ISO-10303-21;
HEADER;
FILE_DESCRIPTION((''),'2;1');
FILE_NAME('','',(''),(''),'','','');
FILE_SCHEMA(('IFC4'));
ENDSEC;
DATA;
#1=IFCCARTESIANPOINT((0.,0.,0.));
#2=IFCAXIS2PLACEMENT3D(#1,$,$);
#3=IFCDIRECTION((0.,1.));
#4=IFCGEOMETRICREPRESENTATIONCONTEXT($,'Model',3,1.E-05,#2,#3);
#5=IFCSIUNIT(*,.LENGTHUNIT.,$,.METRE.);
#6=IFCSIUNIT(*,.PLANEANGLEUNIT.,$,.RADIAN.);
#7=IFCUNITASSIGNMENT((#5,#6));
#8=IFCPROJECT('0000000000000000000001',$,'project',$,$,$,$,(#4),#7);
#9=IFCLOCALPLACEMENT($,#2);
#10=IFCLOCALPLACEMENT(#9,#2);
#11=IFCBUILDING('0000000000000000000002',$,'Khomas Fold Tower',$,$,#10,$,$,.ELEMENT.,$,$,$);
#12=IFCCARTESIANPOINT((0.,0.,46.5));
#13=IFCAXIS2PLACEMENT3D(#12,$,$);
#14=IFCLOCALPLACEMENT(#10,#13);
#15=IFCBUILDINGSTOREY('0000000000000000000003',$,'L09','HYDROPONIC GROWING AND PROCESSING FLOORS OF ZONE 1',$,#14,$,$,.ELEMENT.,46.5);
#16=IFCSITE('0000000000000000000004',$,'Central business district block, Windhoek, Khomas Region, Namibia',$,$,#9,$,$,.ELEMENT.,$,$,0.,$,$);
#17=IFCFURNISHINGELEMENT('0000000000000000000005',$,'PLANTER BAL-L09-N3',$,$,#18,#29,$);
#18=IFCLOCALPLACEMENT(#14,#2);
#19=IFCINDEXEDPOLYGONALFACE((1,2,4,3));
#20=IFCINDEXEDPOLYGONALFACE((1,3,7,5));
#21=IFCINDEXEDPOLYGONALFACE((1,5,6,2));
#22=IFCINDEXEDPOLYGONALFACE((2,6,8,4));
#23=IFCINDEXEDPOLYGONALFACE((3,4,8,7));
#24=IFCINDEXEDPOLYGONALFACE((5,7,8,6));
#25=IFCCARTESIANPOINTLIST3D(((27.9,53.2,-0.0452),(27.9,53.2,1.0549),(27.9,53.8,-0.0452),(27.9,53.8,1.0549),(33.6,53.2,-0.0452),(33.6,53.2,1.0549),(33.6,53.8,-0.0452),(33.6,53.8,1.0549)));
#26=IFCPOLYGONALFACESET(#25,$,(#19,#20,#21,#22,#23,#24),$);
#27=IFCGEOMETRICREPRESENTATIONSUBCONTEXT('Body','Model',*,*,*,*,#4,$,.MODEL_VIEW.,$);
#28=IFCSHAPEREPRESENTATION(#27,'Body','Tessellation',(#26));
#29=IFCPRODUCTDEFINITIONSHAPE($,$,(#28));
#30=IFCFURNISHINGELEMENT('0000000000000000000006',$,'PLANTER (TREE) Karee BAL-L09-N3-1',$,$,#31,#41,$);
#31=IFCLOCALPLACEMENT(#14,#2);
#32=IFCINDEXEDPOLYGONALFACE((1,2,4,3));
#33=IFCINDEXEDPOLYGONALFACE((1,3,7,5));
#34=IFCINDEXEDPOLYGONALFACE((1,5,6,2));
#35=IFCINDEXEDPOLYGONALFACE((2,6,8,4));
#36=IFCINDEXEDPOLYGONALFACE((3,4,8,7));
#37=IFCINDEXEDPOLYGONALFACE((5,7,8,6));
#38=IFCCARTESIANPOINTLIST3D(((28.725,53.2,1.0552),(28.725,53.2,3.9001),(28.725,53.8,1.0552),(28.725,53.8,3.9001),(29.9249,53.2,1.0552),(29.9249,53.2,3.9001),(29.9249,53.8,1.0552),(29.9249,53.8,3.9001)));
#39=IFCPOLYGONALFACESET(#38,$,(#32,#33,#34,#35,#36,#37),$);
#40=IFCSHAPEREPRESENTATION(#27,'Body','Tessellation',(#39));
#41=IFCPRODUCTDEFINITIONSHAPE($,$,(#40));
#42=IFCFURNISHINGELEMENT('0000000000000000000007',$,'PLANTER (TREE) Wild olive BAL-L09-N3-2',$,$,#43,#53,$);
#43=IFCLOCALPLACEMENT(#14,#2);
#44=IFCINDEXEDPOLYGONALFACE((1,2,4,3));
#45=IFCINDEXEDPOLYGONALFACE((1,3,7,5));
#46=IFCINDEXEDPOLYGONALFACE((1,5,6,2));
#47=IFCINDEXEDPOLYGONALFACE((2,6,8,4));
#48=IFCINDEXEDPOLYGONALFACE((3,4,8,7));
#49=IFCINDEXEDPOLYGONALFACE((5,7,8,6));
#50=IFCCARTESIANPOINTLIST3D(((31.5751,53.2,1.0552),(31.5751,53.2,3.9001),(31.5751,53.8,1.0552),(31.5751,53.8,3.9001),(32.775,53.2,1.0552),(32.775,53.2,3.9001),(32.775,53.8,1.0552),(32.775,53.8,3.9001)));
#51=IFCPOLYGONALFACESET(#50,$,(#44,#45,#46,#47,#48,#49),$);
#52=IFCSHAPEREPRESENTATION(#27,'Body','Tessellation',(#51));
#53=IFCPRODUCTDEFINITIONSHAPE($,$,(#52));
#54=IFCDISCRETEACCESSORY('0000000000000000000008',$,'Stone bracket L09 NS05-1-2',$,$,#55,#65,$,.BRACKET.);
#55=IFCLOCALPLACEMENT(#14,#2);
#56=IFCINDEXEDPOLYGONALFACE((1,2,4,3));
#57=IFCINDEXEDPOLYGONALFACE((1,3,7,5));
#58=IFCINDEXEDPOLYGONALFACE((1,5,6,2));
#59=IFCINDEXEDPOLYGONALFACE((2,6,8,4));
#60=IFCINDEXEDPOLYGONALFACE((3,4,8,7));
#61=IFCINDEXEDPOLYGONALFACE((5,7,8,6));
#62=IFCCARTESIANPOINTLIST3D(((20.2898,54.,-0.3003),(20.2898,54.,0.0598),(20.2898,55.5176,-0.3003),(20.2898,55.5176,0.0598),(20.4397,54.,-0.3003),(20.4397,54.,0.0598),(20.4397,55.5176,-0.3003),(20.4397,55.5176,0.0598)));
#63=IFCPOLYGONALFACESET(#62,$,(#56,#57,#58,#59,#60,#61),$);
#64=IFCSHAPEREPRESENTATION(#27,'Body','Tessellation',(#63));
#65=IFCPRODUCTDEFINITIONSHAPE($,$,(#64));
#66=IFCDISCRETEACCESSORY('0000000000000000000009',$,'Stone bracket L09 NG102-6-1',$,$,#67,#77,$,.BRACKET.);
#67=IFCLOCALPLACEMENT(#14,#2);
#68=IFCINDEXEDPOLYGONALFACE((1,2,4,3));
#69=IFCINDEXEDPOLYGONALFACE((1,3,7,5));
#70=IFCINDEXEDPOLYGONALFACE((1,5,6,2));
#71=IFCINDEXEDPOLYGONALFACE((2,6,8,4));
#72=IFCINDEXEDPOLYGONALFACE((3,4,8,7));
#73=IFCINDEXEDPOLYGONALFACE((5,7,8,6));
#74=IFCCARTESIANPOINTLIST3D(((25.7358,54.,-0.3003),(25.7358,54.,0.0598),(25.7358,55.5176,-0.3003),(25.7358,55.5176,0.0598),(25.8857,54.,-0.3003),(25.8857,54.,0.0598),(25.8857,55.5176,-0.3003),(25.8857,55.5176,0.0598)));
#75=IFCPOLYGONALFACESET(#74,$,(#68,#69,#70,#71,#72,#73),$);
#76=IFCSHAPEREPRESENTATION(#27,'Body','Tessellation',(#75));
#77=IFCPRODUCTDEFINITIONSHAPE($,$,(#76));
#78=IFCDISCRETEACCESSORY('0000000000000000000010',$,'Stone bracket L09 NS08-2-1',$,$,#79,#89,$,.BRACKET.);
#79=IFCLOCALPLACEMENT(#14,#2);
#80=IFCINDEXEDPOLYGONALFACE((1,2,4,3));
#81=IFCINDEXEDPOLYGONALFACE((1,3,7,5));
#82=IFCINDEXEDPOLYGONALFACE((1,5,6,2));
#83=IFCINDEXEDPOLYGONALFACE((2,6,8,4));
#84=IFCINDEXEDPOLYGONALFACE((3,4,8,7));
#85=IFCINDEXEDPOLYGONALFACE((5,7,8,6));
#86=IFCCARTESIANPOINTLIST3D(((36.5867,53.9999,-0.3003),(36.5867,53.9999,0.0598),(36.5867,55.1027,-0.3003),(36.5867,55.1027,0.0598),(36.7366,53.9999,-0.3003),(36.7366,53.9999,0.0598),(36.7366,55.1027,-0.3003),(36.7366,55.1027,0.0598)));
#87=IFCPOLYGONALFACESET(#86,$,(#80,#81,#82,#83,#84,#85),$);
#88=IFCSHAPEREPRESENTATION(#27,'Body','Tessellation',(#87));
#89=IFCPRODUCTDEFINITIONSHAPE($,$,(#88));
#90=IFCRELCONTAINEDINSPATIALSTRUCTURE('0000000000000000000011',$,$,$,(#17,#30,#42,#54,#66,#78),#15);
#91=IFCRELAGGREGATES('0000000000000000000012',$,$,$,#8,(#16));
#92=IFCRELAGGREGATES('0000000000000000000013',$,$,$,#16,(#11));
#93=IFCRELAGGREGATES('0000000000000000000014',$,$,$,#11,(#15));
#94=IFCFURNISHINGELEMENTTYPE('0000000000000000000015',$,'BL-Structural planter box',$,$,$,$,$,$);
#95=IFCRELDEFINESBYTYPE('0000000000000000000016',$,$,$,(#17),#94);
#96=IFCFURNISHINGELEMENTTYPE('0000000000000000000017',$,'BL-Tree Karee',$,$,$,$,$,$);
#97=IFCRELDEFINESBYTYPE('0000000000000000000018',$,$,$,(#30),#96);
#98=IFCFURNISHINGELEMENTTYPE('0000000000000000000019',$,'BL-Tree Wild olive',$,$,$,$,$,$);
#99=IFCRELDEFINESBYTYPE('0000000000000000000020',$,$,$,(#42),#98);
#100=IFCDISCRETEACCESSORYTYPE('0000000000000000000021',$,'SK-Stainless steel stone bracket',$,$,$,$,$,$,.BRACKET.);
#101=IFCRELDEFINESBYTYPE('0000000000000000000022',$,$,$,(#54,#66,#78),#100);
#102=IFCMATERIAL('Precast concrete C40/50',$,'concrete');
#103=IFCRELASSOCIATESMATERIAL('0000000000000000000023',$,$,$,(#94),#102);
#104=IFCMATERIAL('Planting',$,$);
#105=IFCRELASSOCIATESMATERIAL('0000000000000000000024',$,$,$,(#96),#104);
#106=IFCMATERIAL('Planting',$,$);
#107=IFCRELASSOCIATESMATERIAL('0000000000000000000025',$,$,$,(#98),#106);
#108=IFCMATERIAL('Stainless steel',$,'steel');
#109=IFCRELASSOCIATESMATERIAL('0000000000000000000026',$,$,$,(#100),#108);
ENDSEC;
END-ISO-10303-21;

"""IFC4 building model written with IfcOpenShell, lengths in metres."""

from ifc_helpers import new_model, si_unit, direction, frame, origin, origin_2d, place, context, subcontext, project, spatial, rectangle, extrude, source, transform, mapped, material, type_object, element, save


model = new_model("IFC4")

# Units and contexts
model_context = context("Model", 3, precision=1e-05, world=origin(), true_north=direction((0.0, 1.0)))
body_context = subcontext(model_context, "Body", "Model", "MODEL_VIEW")
ifc_project = project(units=[si_unit("LENGTHUNIT", "METRE"), si_unit("PLANEANGLEUNIT", "RADIAN")], contexts=[model_context])

# Site, building, storey
site_placement = place(None, origin())
site = spatial("IfcSite", under=ifc_project, at=site_placement, Name="Central business district block, Windhoek, Khomas Region, Namibia", CompositionType="ELEMENT", RefElevation=0.0)
building_placement = place(site_placement, origin())
building = spatial("IfcBuilding", under=site, at=building_placement, Name="Khomas Fold Tower", CompositionType="ELEMENT")
storey_placement = place(building_placement, frame((0.0, 0.0, 46.5)))
storey = spatial("IfcBuildingStorey", under=building, at=storey_placement, Name="L09", Description="HYDROPONIC GROWING AND PROCESSING FLOORS OF ZONE 1", CompositionType="ELEMENT", Elevation=46.5)

# Furnishing elements
ifc_material_1 = material(Name="Precast concrete C40/50", Category="concrete")
furnishing_element_type_1 = type_object("IfcFurnishingElementType", Name="BL-Structural planter box", material=ifc_material_1)
shared_shape_1 = source(origin(), body_context, "Body", "SweptSolid", [
    extrude(rectangle(XDim=5.7, YDim=0.6001, at=origin_2d()), origin(), (0.0, 0.0, 1.0), 1.1001),
])
furnishing_1_placement = place(storey_placement, frame((30.75, 53.5, -0.0452), z_axis=(0.0, 0.0, 1.0), x_axis=(1.0, 0.0, 0.0)))
element("IfcFurnishingElement", 1, at=furnishing_1_placement, inside=storey, type_object=furnishing_element_type_1, Name="PLANTER BAL-L09-N3", context=body_context, shape_type="MappedRepresentation", body=[
    mapped(shared_shape_1, transform((0.0, 0.0, 0.0))),
])
ifc_material_2 = material(Name="Planting")
furnishing_element_type_2 = type_object("IfcFurnishingElementType", Name="BL-Tree Karee", material=ifc_material_2)
shared_shape_2 = source(origin(), body_context, "Body", "SweptSolid", [
    extrude(rectangle(XDim=1.2, YDim=0.6001, at=origin_2d()), origin(), (0.0, 0.0, 1.0), 2.845),
])
furnishing_2_placement = place(storey_placement, frame((29.325, 53.5, 1.0552), z_axis=(0.0, 0.0, 1.0), x_axis=(1.0, 0.0, 0.0)))
element("IfcFurnishingElement", 2, at=furnishing_2_placement, inside=storey, type_object=furnishing_element_type_2, Name="PLANTER (TREE) Karee BAL-L09-N3-1", context=body_context, shape_type="MappedRepresentation", body=[
    mapped(shared_shape_2, transform((0.0, 0.0, 0.0))),
])
ifc_material_3 = material(Name="Planting")
furnishing_element_type_3 = type_object("IfcFurnishingElementType", Name="BL-Tree Wild olive", material=ifc_material_3)
furnishing_3_placement = place(storey_placement, frame((32.175, 53.5, 1.0552), z_axis=(0.0, 0.0, 1.0), x_axis=(1.0, 0.0, 0.0)))
element("IfcFurnishingElement", 3, at=furnishing_3_placement, inside=storey, type_object=furnishing_element_type_3, Name="PLANTER (TREE) Wild olive BAL-L09-N3-2", context=body_context, shape_type="MappedRepresentation", body=[
    mapped(shared_shape_2, transform((0.0, 0.0, 0.0))),
])

# Discrete accessories
ifc_material_4 = material(Name="Stainless steel", Category="steel")
discrete_accessory_type = type_object("IfcDiscreteAccessoryType", Name="SK-Stainless steel stone bracket", PredefinedType="BRACKET", material=ifc_material_4)
shared_shape_3 = source(origin(), body_context, "Body", "SweptSolid", [
    extrude(rectangle(XDim=1.5176, YDim=0.1499, at=origin_2d()), origin(), (0.0, 0.0, 1.0), 0.3601),
])
for number, where, z_axis, x_axis, name in (
    (4, (20.3647, 54.7588, -0.3003), (0.0, 0.0, 1.0), (0.0, 1.0, 0.0), "Stone bracket L09 NS05-1-2"),
    (5, (25.8108, 54.7588, -0.3003), (0.0, 0.0, 1.0), (0.0, 1.0, 0.0), "Stone bracket L09 NG102-6-1"),
):
    element("IfcDiscreteAccessory", number, at=place(storey_placement, frame(where, z_axis=z_axis, x_axis=x_axis)), inside=storey, type_object=discrete_accessory_type, Name=name, PredefinedType="BRACKET", context=body_context, shape_type="MappedRepresentation", body=[
        mapped(shared_shape_3, transform((0.0, 0.0, 0.0))),
    ])
shared_shape_4 = source(origin(), body_context, "Body", "SweptSolid", [
    extrude(rectangle(XDim=1.1028, YDim=0.1499, at=origin_2d()), origin(), (0.0, 0.0, 1.0), 0.3601),
])
discrete_accessory_placement = place(storey_placement, frame((36.6616, 54.5513, -0.3003), z_axis=(0.0, 0.0, 1.0), x_axis=(0.0, 1.0, 0.0)))
element("IfcDiscreteAccessory", 6, at=discrete_accessory_placement, inside=storey, type_object=discrete_accessory_type, Name="Stone bracket L09 NS08-2-1", PredefinedType="BRACKET", context=body_context, shape_type="MappedRepresentation", body=[
    mapped(shared_shape_4, transform((0.0, 0.0, 0.0))),
])

save(model, "model.ifc")
